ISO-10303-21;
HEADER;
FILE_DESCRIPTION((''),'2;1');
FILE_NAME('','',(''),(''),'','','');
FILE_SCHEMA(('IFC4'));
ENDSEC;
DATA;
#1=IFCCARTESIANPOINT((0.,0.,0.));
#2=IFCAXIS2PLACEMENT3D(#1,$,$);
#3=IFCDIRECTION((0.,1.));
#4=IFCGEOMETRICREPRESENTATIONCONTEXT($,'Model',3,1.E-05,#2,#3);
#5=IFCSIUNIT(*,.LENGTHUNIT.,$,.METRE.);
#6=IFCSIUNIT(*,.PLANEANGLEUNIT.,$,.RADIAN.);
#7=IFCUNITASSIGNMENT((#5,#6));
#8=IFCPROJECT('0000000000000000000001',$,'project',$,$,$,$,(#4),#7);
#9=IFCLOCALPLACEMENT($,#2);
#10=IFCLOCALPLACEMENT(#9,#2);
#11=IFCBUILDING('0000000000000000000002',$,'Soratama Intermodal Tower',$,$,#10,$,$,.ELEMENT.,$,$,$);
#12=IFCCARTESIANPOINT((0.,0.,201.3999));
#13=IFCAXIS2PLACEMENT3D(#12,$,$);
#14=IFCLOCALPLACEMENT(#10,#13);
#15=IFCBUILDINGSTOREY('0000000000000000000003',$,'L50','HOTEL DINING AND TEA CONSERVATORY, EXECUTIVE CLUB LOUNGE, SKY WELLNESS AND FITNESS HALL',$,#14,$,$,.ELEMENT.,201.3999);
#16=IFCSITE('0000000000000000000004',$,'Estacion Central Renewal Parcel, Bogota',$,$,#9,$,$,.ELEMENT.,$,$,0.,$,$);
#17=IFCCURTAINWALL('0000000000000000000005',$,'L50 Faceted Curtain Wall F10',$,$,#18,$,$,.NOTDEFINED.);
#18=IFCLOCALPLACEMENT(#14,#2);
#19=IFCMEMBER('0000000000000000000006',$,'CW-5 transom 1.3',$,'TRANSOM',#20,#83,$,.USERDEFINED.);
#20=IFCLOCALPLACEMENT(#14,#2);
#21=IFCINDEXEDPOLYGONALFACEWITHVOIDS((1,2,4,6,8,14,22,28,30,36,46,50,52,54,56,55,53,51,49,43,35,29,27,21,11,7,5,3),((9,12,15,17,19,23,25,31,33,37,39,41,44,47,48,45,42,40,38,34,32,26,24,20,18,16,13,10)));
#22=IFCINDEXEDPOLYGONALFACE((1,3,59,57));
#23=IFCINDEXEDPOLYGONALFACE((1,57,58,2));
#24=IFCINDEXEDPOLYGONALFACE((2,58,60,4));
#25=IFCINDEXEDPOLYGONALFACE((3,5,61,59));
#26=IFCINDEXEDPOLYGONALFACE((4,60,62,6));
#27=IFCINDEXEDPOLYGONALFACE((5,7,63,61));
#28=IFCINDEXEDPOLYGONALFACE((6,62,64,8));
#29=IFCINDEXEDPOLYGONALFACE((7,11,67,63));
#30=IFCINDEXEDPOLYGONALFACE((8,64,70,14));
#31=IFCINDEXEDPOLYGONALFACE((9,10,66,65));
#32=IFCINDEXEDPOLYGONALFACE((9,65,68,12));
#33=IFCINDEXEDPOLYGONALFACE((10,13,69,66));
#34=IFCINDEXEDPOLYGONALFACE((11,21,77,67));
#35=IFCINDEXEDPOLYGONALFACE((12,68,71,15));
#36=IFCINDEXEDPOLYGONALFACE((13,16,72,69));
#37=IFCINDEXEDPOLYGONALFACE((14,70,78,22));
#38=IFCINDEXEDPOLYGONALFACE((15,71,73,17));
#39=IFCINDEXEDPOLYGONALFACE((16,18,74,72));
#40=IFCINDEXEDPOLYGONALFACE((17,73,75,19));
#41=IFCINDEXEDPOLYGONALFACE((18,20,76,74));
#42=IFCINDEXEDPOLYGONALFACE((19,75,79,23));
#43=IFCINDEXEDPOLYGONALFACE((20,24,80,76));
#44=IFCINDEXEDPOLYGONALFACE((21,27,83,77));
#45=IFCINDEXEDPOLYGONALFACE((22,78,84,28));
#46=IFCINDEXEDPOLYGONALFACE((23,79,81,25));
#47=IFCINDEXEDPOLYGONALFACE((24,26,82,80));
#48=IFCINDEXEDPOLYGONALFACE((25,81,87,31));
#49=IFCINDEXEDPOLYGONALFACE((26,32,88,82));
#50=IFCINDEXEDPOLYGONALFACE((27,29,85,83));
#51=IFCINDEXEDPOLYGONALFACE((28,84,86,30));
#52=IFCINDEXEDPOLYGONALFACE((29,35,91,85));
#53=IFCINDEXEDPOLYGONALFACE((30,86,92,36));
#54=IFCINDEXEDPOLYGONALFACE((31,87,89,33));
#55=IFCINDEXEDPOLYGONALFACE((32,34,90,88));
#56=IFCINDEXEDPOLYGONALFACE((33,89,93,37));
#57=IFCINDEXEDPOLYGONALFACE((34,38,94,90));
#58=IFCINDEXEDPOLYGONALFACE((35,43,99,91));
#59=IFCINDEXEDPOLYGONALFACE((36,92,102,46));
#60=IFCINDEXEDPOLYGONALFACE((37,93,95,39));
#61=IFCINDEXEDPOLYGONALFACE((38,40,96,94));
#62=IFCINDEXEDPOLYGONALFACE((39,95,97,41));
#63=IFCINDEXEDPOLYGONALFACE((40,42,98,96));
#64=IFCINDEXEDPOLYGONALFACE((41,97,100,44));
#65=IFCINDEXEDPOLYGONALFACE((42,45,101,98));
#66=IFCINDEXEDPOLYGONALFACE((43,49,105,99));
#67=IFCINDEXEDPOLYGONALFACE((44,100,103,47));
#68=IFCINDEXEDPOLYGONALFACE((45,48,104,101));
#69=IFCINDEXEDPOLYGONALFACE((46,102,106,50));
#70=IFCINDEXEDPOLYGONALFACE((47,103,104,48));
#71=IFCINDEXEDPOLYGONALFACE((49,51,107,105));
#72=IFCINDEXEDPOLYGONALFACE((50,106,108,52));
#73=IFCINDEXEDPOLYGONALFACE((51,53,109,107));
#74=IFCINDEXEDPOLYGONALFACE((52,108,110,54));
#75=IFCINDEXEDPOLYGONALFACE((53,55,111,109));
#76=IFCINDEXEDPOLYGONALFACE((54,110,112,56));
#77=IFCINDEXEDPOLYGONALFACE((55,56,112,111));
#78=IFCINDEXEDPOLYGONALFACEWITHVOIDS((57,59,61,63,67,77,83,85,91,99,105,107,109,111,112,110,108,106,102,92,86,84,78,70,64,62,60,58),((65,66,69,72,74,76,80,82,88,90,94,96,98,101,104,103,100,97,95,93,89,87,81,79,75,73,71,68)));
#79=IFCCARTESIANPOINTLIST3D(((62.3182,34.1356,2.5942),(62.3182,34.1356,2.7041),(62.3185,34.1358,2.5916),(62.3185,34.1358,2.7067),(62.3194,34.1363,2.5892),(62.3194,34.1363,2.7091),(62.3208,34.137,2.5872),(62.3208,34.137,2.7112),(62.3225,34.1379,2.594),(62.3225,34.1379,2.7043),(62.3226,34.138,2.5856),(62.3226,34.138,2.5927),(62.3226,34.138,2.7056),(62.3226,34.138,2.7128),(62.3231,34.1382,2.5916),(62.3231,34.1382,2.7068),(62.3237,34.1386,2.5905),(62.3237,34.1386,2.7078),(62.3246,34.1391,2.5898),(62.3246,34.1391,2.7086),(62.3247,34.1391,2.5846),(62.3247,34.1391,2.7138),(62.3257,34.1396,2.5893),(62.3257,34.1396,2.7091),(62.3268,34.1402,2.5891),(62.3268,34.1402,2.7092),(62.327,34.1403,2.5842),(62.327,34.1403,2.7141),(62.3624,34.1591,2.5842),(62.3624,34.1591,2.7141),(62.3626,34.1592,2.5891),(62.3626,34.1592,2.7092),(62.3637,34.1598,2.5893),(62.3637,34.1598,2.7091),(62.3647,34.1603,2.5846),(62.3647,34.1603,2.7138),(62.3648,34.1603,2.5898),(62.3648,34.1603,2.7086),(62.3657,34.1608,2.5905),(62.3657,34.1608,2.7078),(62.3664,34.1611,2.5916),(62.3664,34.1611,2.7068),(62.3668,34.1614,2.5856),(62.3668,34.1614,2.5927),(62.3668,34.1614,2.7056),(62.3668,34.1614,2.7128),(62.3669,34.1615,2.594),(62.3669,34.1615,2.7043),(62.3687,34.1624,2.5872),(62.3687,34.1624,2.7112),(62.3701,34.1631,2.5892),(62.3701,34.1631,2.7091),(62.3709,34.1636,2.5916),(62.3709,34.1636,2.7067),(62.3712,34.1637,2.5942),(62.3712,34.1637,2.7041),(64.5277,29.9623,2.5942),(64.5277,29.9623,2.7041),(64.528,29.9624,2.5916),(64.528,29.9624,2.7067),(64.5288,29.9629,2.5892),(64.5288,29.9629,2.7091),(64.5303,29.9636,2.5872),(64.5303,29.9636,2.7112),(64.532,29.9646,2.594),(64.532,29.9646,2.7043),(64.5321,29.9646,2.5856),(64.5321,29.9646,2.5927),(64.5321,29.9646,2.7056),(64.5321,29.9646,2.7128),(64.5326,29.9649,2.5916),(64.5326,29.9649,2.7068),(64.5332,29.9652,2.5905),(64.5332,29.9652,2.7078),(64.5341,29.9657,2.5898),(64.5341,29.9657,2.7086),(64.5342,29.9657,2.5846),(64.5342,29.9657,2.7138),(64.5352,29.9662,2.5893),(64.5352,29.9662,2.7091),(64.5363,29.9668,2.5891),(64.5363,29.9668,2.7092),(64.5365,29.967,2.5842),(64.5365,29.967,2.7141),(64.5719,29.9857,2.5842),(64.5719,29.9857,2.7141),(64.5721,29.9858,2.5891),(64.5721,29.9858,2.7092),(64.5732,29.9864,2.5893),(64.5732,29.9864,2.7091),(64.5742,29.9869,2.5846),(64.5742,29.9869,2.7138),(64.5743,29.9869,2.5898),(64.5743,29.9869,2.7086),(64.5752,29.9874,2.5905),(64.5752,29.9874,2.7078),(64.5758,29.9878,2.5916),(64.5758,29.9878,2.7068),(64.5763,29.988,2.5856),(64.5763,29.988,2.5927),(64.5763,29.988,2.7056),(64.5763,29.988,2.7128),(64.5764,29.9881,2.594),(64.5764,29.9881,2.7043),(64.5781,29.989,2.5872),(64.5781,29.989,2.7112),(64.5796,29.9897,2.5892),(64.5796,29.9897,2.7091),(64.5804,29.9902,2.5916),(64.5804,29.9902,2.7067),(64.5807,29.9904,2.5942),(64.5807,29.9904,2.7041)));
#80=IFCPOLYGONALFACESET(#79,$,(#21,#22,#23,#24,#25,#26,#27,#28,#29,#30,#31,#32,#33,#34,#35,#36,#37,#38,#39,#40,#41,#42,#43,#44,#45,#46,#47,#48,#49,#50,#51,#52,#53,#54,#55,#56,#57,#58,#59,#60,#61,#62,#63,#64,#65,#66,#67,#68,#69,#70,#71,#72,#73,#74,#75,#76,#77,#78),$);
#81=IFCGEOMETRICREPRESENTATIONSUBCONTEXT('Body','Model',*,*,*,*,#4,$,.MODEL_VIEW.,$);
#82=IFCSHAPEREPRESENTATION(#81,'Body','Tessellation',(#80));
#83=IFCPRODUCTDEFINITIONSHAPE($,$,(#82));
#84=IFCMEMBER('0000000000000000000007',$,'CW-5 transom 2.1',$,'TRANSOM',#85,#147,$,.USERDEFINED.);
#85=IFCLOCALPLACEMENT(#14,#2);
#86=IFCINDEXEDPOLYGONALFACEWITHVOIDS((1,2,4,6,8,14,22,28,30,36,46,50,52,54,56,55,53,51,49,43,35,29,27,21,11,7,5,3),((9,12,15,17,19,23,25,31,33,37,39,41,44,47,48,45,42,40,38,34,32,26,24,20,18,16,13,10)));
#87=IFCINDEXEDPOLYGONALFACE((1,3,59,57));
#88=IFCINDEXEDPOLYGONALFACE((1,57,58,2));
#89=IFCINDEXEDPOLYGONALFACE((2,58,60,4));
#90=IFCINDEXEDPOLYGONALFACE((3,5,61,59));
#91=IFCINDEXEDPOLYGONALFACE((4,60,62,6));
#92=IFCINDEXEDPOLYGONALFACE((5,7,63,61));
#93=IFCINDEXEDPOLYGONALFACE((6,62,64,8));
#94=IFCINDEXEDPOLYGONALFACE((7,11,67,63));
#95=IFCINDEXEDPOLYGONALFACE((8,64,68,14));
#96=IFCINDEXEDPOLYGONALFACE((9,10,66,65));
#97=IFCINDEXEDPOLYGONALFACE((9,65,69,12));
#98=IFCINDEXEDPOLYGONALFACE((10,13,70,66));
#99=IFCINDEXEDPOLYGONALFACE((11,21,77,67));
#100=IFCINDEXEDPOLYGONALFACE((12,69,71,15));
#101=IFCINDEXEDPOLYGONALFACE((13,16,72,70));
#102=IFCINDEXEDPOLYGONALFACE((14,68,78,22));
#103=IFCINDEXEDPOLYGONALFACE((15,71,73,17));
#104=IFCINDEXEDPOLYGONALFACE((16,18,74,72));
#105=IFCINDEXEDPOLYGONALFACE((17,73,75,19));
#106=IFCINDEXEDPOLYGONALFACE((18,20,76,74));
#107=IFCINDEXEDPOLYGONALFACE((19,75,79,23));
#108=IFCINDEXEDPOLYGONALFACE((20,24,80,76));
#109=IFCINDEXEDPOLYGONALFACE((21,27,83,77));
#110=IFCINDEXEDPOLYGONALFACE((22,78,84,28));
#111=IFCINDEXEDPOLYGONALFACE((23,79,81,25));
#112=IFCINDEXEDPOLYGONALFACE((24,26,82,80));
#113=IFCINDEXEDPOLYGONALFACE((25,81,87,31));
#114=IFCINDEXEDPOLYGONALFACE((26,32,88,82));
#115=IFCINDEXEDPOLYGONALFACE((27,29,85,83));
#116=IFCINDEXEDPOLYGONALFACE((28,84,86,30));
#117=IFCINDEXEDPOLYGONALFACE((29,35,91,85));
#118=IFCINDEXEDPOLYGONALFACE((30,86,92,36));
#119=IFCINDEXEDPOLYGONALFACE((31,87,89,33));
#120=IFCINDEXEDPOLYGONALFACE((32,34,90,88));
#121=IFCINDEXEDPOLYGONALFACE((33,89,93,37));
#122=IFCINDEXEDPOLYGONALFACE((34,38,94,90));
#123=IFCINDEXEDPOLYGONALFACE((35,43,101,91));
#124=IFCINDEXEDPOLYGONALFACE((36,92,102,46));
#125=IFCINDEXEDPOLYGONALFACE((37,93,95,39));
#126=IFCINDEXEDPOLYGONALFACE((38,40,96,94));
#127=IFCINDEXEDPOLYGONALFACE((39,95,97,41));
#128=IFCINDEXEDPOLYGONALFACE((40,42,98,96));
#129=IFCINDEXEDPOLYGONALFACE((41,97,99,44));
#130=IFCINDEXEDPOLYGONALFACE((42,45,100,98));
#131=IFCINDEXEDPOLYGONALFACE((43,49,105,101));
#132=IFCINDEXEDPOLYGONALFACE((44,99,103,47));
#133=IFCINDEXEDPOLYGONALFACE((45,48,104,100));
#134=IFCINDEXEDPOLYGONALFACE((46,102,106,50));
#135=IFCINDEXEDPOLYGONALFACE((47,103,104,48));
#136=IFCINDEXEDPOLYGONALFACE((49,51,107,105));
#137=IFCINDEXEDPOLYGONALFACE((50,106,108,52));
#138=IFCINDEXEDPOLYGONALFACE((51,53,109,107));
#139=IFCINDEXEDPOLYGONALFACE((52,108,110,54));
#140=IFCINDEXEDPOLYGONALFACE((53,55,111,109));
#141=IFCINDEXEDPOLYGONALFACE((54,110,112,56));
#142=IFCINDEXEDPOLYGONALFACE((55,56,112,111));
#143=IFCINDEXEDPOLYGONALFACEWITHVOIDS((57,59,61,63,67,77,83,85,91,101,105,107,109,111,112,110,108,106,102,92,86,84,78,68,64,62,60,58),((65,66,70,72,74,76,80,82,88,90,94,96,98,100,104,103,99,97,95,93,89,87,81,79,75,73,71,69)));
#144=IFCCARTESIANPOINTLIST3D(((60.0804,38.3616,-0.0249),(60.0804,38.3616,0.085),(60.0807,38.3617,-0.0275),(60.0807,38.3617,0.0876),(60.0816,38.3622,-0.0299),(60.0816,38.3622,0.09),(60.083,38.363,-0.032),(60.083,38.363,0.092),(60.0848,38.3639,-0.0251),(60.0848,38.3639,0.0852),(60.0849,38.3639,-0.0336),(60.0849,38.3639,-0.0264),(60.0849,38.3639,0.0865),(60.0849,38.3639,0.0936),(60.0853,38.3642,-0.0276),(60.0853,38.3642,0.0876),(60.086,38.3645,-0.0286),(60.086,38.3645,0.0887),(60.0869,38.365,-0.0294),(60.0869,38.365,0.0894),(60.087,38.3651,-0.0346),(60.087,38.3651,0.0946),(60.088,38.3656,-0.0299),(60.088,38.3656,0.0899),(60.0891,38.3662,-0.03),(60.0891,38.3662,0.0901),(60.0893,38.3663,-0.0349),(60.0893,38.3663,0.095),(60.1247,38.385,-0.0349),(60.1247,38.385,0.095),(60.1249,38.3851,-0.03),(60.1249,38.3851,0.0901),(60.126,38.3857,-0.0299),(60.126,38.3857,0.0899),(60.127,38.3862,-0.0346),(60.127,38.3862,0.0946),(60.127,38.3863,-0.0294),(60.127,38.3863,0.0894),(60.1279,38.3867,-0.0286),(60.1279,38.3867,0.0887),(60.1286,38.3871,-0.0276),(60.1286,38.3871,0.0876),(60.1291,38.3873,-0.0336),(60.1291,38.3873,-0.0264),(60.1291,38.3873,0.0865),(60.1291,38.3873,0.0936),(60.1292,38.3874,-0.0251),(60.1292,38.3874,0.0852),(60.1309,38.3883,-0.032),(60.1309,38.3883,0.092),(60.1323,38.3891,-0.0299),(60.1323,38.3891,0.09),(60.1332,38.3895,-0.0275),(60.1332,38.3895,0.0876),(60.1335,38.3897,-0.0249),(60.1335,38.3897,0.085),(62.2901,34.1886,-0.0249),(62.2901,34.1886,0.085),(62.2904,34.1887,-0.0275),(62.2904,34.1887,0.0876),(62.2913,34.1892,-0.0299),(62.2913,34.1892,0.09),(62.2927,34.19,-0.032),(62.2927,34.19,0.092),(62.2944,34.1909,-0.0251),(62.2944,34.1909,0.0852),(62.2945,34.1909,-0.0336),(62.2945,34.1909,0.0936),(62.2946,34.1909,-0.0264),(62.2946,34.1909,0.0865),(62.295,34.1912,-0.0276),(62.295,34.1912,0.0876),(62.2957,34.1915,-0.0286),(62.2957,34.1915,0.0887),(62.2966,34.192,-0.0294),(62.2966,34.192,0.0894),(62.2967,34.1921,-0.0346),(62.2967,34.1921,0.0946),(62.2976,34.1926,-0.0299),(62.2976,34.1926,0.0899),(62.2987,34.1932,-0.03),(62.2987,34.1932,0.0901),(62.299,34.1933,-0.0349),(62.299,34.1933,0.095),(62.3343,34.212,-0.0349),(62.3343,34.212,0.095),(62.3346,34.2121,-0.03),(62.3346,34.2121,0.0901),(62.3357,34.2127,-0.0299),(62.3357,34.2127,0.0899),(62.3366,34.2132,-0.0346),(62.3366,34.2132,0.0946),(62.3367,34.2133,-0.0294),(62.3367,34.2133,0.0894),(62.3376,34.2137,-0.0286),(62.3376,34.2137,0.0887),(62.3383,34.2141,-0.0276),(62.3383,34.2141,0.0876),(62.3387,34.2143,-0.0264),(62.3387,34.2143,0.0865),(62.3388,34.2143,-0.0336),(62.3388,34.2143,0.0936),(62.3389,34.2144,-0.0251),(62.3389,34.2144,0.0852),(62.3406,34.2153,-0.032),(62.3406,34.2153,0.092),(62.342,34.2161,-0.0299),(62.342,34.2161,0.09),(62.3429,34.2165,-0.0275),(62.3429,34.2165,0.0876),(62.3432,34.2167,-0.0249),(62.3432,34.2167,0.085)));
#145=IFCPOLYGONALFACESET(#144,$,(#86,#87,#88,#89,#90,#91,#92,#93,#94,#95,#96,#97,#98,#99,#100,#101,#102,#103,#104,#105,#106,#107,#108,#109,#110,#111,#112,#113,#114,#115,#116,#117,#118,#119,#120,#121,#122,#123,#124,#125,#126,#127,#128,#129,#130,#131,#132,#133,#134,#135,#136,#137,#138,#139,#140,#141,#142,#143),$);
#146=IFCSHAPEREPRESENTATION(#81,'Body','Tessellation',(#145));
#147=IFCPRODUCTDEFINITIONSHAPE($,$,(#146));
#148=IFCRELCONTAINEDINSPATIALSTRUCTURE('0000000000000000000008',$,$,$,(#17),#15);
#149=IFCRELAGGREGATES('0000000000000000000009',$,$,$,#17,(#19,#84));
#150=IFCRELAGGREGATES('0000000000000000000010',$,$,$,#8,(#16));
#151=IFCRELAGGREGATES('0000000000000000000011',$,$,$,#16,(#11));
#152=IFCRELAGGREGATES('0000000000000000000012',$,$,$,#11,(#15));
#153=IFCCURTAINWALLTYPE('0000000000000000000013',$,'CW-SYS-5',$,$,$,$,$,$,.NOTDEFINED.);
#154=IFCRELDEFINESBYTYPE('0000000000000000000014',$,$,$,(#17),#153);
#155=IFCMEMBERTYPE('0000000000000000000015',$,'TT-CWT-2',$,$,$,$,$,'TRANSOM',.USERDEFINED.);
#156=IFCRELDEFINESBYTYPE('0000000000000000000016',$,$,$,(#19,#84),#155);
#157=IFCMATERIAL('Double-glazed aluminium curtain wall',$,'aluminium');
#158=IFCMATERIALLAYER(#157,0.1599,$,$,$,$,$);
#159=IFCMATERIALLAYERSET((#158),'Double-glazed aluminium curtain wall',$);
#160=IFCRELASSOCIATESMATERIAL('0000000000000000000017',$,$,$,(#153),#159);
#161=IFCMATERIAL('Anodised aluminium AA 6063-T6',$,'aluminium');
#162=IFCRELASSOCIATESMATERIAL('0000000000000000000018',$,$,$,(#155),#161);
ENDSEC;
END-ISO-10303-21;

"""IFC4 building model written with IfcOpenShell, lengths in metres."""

from ifc_helpers import new_model, si_unit, direction, frame, origin, origin_2d, place, context, subcontext, project, spatial, hollow_rectangle, extrude, material, layer, layer_set, material_profile, profile_set, type_object, element, aggregate, save


model = new_model("IFC4")

# Units and contexts
model_context = context("Model", 3, precision=1e-05, world=origin(), true_north=direction((0.0, 1.0)))
body_context = subcontext(model_context, "Body", "Model", "MODEL_VIEW")
ifc_project = project(units=[si_unit("LENGTHUNIT", "METRE"), si_unit("PLANEANGLEUNIT", "RADIAN")], contexts=[model_context])

# Site, building, storey
site_placement = place(None, origin())
site = spatial("IfcSite", under=ifc_project, at=site_placement, Name="Estacion Central Renewal Parcel, Bogota", CompositionType="ELEMENT", RefElevation=0.0)
building_placement = place(site_placement, origin())
building = spatial("IfcBuilding", under=site, at=building_placement, Name="Soratama Intermodal Tower", CompositionType="ELEMENT")
storey_placement = place(building_placement, frame((0.0, 0.0, 201.3999)))
storey = spatial("IfcBuildingStorey", under=building, at=storey_placement, Name="L50", Description="HOTEL DINING AND TEA CONSERVATORY, EXECUTIVE CLUB LOUNGE, SKY WELLNESS AND FITNESS HALL", CompositionType="ELEMENT", Elevation=201.3999)

# Curtain wall, members
ifc_material_1 = material(Name="Double-glazed aluminium curtain wall", Category="aluminium")
ifc_layer_1 = layer(ifc_material_1, 0.1599)
ifc_layer_set_1 = layer_set([ifc_layer_1], Name="Double-glazed aluminium curtain wall")
curtain_wall_type = type_object("IfcCurtainWallType", Name="CW-SYS-5", PredefinedType="NOTDEFINED", material=ifc_layer_set_1)
curtain_wall_placement = place(storey_placement, origin())
curtain_wall = element("IfcCurtainWall", 1, at=curtain_wall_placement, inside=storey, type_object=curtain_wall_type, Name="L50 Faceted Curtain Wall F10", PredefinedType="NOTDEFINED")
ifc_material_2 = material(Name="Anodised aluminium AA 6063-T6", Category="aluminium")
ifc_material_profile_1 = material_profile(ifc_material_2, hollow_rectangle(XDim=0.0601, YDim=0.1299, WallThickness=0.0049, InnerFilletRadius=0.0049, OuterFilletRadius=0.01, at=origin_2d()), Name="CWT130X60X5")
ifc_profile_set_1 = profile_set([ifc_material_profile_1], Name="Anodised aluminium AA 6063-T6")
member_type_1 = type_object("IfcMemberType", Name="TT-CWT-2", ElementType="TRANSOM", PredefinedType="USERDEFINED", material=ifc_profile_set_1)
member_1_placement = place(storey_placement, frame((64.5542, 29.9763, 2.6492), z_axis=(-0.467897, 0.883783, 0.0), x_axis=(-0.883783, -0.467897, 0.0)))
member_1 = element("IfcMember", 2, at=member_1_placement, type_object=member_type_1, Name="CW-5 transom 1.3", ObjectType="TRANSOM", PredefinedType="USERDEFINED", context=body_context, shape_type="SweptSolid", body=[
    extrude(hollow_rectangle(XDim=0.0601, YDim=0.1299, WallThickness=0.0049, InnerFilletRadius=0.0049, OuterFilletRadius=0.01, at=origin_2d()), origin(), (0.0, 0.0, 1.0), 4.7222),
])
member_2_placement = place(storey_placement, frame((62.3167, 34.2026, 0.03), z_axis=(-0.467959, 0.88375, 0.0), x_axis=(-0.88375, -0.467959, 0.0)))
member_2 = element("IfcMember", 3, at=member_2_placement, type_object=member_type_1, Name="CW-5 transom 2.1", ObjectType="TRANSOM", PredefinedType="USERDEFINED", context=body_context, shape_type="SweptSolid", body=[
    extrude(hollow_rectangle(XDim=0.0601, YDim=0.1299, WallThickness=0.0049, InnerFilletRadius=0.0049, OuterFilletRadius=0.01, at=origin_2d()), origin(), (0.0, 0.0, 1.0), 4.7219),
])
aggregate(curtain_wall, [member_1, member_2])

save(model, "model.ifc")
